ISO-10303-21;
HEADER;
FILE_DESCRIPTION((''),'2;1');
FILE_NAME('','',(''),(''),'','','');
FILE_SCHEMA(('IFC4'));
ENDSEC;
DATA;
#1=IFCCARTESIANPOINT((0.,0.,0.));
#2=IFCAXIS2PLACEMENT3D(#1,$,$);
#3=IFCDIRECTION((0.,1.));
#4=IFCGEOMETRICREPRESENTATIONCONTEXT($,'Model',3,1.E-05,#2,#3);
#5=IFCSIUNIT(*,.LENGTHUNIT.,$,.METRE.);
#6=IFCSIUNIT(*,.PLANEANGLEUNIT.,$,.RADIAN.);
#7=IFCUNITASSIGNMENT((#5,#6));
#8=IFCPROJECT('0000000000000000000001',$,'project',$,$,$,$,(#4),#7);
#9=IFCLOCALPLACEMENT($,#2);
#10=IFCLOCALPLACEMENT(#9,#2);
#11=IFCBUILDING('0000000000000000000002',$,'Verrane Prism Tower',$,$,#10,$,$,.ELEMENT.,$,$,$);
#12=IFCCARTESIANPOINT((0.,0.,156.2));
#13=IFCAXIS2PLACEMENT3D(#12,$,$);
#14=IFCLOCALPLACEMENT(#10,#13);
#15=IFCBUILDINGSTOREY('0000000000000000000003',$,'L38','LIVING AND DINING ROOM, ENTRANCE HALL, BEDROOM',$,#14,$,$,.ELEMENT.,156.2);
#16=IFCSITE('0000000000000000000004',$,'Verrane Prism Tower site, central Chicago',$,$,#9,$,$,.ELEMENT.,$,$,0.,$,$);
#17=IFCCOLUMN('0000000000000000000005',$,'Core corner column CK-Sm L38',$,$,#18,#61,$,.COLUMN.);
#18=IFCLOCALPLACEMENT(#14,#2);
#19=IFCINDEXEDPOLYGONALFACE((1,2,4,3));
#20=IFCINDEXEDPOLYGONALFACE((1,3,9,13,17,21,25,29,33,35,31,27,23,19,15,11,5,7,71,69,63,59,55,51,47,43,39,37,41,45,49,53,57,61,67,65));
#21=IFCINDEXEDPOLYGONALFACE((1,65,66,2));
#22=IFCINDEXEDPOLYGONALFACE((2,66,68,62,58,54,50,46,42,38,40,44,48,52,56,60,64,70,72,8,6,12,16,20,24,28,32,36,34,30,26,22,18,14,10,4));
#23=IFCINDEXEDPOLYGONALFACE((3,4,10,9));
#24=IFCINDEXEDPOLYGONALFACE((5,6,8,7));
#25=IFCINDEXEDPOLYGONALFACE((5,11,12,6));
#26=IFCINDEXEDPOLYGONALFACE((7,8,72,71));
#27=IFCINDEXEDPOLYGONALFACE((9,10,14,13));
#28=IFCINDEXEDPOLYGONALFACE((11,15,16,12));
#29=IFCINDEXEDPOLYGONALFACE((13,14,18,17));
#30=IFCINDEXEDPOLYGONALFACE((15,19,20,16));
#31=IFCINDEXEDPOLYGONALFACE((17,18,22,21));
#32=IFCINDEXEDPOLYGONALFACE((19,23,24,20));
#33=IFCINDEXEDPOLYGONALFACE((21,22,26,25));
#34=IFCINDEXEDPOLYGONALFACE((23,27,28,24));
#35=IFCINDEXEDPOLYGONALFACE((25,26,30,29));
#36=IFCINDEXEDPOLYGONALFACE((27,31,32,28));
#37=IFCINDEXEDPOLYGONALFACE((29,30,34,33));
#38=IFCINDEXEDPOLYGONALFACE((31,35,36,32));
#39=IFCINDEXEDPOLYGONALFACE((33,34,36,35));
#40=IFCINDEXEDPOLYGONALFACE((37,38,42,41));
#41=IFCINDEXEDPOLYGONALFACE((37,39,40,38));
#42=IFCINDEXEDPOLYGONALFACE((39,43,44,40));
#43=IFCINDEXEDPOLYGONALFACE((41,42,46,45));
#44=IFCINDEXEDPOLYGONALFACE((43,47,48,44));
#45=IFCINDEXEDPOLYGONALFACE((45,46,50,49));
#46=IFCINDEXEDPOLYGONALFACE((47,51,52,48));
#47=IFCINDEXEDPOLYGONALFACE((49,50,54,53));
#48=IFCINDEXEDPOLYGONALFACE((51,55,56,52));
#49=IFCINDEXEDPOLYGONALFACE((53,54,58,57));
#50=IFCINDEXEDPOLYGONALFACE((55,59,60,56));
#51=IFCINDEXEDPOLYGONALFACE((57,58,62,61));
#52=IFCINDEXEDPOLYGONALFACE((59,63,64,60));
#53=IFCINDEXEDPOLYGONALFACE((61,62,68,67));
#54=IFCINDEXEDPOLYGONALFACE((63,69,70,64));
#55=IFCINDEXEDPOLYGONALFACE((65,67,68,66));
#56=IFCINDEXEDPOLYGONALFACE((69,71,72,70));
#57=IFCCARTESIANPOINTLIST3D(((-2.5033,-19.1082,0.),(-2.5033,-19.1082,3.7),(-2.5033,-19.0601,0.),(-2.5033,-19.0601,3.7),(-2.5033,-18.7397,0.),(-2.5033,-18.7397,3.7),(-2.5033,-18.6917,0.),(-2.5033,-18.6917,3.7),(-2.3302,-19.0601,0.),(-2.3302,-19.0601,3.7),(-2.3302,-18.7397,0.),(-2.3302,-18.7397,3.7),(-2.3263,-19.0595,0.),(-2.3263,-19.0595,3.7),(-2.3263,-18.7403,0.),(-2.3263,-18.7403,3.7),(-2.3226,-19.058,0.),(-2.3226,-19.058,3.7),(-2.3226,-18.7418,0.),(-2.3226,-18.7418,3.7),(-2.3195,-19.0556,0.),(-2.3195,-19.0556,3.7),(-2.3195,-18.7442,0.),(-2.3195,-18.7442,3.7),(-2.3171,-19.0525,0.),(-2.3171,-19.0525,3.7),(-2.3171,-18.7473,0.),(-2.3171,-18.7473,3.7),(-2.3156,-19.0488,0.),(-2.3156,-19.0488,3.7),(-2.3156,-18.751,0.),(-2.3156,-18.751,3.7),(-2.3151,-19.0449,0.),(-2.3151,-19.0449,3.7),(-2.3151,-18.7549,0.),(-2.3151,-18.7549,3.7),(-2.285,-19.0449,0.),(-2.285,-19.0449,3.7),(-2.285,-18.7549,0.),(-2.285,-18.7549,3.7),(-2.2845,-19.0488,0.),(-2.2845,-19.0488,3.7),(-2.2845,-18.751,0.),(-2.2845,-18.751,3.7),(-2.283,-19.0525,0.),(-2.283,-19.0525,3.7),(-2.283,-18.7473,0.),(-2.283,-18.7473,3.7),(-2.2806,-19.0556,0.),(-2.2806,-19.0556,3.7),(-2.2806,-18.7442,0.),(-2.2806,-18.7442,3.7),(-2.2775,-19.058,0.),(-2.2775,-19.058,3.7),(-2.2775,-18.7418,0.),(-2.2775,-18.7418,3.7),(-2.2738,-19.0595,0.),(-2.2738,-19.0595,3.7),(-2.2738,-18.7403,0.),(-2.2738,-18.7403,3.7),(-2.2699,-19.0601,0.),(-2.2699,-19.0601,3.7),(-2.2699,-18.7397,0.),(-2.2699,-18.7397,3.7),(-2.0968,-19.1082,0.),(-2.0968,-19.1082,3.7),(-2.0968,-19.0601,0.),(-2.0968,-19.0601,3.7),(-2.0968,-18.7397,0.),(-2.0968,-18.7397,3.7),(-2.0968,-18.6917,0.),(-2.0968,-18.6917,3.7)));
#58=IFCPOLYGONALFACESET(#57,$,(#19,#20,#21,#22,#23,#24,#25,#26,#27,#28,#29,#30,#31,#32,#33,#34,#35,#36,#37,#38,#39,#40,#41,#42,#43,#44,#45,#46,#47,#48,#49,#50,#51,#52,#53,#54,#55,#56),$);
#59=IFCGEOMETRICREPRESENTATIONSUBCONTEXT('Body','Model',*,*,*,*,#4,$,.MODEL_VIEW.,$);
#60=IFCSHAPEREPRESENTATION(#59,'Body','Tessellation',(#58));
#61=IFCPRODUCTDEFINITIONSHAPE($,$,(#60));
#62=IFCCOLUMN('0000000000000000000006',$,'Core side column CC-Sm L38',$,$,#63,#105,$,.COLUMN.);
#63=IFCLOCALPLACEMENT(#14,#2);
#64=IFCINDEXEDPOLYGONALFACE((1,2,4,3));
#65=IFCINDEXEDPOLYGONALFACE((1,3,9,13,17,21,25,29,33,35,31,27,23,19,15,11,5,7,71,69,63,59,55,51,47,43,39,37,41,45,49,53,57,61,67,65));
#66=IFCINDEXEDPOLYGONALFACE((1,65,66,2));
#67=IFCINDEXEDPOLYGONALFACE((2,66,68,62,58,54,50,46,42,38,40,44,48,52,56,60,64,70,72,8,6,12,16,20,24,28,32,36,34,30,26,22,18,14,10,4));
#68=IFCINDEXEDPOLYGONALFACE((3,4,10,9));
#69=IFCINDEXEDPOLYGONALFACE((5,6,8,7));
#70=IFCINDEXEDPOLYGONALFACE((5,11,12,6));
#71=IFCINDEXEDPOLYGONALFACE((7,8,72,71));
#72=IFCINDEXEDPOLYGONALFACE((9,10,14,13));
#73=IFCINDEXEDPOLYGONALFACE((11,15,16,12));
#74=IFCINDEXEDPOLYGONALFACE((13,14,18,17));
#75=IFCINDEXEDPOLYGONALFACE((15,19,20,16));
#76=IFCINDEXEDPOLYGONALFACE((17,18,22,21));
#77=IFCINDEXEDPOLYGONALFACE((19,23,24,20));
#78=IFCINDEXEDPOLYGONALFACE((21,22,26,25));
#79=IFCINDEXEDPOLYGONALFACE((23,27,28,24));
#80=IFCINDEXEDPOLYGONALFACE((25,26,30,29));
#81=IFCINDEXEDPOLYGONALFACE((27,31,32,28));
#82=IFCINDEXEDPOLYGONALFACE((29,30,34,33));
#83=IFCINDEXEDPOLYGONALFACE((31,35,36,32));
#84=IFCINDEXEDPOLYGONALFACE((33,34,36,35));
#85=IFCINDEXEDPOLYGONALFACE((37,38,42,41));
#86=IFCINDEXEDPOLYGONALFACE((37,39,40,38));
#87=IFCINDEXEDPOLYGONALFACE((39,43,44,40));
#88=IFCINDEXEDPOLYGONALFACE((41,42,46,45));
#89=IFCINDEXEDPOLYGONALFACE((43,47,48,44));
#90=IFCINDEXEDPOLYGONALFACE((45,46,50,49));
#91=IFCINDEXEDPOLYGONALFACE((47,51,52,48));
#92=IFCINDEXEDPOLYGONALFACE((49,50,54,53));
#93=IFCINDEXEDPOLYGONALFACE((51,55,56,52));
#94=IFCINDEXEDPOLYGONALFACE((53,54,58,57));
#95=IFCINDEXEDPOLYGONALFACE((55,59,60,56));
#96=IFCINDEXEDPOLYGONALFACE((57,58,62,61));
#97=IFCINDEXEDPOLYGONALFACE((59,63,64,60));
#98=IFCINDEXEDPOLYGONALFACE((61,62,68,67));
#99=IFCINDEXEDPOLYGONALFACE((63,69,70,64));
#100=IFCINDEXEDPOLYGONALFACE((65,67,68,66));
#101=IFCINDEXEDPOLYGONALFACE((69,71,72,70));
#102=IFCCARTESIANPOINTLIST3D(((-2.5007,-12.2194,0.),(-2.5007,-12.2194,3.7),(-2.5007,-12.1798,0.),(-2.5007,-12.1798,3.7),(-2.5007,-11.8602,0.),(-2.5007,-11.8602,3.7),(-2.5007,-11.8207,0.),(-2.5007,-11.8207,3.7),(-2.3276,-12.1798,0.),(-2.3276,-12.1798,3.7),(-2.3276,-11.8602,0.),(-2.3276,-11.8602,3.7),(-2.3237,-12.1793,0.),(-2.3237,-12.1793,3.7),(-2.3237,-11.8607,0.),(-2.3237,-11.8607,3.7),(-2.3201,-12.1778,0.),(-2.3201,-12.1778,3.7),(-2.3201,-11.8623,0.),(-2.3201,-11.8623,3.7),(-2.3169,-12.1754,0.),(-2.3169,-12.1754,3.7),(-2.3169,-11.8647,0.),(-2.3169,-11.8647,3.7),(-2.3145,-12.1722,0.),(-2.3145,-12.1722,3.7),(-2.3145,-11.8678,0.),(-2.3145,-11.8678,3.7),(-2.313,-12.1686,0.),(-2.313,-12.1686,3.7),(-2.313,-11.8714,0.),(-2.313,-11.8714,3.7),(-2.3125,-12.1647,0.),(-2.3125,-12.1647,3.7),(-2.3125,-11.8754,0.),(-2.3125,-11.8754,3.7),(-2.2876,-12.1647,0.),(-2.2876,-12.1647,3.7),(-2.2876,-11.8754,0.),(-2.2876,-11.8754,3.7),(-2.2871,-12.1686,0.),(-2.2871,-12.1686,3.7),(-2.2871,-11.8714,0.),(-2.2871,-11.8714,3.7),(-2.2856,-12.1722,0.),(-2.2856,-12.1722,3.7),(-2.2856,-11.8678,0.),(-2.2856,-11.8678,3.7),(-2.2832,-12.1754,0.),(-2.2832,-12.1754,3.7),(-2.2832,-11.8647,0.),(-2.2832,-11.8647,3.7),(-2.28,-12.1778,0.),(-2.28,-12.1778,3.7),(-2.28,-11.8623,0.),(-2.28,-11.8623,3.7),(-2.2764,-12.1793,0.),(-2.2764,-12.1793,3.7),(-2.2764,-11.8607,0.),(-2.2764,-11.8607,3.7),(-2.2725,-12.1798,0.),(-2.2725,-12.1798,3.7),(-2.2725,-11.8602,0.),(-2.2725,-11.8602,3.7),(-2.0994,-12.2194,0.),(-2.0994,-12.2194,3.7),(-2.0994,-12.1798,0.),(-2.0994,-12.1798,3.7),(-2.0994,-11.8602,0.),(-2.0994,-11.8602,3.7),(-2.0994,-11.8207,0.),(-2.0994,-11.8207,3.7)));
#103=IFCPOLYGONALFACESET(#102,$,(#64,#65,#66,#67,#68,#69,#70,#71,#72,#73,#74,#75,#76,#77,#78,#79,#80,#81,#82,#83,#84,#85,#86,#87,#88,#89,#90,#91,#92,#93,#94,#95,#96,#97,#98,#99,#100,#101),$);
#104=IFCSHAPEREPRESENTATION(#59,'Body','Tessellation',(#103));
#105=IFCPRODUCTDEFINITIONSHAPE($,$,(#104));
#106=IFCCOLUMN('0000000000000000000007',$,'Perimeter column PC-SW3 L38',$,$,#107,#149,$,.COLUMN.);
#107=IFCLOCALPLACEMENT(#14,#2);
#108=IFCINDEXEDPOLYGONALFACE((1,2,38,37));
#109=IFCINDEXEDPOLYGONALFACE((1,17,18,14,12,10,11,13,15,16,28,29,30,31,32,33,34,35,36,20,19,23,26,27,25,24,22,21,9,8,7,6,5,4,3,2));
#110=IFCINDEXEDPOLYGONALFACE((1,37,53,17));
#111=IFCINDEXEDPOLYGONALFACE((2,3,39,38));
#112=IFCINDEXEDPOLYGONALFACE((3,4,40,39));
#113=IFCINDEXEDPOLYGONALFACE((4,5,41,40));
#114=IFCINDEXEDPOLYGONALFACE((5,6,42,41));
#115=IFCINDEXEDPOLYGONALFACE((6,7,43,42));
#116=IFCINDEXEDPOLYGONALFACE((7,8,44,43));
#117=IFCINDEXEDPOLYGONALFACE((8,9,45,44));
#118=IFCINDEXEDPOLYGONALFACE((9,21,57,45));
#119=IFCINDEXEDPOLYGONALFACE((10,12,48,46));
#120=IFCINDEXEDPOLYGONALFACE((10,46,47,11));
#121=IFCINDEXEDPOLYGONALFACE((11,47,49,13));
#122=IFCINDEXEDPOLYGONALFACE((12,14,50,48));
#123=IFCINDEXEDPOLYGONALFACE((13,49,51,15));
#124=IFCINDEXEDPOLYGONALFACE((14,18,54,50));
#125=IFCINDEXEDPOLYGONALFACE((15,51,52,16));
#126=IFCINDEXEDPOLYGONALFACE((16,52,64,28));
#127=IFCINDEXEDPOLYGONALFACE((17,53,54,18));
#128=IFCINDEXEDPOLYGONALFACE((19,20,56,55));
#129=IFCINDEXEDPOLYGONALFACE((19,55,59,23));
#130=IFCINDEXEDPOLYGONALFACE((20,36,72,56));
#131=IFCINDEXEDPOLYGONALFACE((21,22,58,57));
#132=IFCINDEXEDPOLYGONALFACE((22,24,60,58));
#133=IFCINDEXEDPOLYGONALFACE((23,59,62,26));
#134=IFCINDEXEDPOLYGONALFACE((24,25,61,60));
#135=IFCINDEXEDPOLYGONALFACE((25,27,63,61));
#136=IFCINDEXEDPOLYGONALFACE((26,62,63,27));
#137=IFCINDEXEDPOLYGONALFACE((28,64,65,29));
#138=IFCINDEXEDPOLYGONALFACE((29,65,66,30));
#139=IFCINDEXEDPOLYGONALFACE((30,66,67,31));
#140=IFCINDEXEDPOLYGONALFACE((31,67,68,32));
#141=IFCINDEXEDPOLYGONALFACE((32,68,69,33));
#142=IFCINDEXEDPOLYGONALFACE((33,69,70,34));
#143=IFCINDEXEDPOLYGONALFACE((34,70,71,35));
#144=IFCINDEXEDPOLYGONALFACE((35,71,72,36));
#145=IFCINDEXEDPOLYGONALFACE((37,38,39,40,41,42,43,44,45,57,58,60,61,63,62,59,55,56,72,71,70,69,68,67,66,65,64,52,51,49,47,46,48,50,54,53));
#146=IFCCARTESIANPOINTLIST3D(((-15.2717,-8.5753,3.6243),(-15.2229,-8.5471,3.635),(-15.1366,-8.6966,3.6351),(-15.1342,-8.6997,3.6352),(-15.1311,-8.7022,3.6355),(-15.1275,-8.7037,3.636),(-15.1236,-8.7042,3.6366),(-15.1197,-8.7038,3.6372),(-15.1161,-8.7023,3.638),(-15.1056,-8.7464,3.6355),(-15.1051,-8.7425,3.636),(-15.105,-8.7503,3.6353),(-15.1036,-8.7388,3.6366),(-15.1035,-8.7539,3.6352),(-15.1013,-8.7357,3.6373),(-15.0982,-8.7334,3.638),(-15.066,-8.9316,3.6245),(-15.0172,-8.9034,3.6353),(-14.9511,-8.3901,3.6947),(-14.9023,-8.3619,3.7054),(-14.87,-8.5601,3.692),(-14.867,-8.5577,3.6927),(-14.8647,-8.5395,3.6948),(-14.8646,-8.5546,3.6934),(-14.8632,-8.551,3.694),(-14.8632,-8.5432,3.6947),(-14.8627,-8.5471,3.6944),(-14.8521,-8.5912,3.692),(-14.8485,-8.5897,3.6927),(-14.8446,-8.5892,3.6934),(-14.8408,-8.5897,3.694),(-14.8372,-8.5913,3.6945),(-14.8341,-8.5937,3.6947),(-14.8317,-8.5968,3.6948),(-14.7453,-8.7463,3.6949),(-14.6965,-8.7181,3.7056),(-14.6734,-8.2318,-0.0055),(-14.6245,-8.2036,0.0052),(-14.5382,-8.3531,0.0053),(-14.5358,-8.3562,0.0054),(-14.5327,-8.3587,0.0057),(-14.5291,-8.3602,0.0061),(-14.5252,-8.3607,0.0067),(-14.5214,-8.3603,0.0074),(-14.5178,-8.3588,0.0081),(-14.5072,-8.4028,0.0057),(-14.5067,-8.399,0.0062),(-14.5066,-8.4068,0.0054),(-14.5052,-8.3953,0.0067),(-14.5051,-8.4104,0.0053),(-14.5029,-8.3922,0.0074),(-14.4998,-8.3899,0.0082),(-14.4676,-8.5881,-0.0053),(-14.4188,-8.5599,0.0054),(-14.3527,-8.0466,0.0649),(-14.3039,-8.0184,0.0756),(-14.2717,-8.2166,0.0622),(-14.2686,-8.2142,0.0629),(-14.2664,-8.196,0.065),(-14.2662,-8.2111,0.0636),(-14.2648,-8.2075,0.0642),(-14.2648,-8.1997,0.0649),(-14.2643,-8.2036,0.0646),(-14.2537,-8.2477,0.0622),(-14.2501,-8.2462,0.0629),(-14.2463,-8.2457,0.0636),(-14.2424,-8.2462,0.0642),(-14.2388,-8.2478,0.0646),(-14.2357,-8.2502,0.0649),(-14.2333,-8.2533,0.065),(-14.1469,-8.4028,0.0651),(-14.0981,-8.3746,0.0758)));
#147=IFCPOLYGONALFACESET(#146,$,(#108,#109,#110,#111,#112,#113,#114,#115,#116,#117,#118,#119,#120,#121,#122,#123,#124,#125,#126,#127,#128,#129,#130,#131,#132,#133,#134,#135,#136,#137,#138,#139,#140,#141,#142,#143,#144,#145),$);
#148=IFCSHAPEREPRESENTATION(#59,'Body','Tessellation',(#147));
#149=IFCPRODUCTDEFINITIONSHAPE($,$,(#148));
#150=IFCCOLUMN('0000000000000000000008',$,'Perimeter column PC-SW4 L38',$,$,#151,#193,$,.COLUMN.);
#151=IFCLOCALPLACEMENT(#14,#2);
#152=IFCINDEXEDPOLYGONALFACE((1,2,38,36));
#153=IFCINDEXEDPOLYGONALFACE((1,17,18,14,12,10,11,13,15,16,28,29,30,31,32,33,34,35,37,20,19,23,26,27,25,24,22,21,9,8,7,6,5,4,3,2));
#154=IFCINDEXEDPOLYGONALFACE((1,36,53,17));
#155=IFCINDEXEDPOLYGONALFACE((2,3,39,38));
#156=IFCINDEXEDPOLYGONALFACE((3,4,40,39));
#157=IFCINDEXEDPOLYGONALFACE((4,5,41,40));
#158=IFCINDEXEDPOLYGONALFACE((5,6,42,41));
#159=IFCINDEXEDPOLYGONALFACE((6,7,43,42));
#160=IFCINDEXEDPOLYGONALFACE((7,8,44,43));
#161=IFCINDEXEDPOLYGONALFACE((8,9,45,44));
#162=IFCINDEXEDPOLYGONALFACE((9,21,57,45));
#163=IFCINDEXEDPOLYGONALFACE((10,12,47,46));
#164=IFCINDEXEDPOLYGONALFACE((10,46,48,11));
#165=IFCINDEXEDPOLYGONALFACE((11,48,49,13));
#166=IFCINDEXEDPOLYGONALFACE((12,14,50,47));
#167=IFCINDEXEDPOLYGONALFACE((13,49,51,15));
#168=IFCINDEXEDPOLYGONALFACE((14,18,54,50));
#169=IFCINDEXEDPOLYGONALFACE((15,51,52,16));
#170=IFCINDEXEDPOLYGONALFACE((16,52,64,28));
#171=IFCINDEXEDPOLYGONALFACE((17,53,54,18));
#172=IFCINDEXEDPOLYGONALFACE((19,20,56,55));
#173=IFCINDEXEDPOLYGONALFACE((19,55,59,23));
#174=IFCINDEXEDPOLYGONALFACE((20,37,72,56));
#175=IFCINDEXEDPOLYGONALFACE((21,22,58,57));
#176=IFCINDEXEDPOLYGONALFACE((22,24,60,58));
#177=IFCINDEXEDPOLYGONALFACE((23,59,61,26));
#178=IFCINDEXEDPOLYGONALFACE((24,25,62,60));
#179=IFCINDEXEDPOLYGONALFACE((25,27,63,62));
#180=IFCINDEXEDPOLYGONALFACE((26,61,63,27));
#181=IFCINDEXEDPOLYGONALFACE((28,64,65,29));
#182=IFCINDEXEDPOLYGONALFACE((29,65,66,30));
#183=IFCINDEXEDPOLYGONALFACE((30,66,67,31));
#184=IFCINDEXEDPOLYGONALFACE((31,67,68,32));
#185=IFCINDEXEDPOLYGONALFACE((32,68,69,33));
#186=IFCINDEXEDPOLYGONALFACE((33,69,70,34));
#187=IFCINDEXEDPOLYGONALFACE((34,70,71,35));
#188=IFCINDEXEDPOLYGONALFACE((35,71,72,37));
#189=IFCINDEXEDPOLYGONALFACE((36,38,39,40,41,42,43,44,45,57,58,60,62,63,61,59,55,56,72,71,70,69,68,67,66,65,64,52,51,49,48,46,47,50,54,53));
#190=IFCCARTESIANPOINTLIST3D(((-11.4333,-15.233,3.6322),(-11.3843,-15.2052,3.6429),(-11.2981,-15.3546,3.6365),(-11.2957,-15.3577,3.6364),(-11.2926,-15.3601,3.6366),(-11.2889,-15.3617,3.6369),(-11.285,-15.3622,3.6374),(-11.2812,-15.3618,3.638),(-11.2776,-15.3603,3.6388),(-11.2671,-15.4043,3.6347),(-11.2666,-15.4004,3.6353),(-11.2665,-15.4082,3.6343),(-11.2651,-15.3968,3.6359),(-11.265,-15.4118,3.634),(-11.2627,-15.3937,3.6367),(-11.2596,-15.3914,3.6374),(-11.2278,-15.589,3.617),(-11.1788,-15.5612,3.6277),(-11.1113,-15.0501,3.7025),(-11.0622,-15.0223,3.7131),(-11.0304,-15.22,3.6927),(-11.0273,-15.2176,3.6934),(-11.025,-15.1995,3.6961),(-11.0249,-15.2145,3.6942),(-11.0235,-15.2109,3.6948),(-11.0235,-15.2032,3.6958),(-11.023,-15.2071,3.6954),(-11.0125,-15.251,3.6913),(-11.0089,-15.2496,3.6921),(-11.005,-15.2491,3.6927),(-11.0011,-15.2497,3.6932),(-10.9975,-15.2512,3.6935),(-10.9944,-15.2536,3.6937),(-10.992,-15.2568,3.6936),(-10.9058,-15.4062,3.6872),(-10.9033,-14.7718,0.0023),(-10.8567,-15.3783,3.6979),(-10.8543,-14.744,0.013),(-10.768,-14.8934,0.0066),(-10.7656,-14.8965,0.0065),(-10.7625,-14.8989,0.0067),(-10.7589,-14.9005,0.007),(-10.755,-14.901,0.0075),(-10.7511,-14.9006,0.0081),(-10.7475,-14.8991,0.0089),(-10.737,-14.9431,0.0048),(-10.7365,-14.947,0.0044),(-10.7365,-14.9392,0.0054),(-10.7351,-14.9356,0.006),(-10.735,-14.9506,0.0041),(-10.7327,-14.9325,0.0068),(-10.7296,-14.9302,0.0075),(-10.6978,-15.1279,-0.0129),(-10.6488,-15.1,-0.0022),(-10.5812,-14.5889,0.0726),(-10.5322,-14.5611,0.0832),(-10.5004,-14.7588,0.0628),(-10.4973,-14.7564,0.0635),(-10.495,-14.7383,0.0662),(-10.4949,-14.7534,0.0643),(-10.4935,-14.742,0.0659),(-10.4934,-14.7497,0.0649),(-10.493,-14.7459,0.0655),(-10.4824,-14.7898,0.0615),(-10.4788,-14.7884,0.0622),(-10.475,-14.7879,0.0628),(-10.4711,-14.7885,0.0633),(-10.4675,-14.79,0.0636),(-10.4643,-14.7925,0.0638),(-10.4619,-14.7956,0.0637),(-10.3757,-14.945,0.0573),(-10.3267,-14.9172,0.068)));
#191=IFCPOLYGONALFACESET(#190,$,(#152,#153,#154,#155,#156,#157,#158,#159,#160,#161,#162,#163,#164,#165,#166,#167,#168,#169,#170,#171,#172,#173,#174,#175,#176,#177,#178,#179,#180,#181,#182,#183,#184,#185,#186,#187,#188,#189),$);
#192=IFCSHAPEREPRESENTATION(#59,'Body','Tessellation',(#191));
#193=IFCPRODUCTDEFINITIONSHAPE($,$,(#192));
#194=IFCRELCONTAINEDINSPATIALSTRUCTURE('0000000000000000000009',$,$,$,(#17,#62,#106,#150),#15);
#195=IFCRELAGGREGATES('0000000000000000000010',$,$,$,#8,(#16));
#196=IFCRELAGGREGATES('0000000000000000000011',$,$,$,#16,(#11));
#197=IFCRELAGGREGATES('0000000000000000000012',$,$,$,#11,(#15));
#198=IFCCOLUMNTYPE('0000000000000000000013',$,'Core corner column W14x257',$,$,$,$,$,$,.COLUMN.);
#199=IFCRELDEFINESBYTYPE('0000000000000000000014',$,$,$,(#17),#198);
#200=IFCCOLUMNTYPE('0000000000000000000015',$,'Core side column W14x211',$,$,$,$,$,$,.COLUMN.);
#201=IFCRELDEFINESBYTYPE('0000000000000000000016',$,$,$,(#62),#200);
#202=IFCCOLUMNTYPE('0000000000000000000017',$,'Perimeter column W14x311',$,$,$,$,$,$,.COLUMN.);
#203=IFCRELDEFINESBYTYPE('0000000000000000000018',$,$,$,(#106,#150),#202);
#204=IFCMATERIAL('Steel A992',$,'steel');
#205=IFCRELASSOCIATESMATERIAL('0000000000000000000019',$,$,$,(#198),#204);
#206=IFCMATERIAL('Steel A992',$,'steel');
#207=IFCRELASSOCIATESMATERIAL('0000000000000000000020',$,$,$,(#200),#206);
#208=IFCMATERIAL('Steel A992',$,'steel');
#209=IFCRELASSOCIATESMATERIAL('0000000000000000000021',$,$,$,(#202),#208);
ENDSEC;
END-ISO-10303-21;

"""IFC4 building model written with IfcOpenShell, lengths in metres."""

from ifc_helpers import new_model, si_unit, direction, frame, origin, origin_2d, place, context, subcontext, project, spatial, i_section, extrude, material, material_profile, profile_set, type_object, element, save


model = new_model("IFC4")

# Units and contexts
model_context = context("Model", 3, precision=1e-05, world=origin(), true_north=direction((0.0, 1.0)))
body_context = subcontext(model_context, "Body", "Model", "MODEL_VIEW")
ifc_project = project(units=[si_unit("LENGTHUNIT", "METRE"), si_unit("PLANEANGLEUNIT", "RADIAN")], contexts=[model_context])

# Site, building, storey
site_placement = place(None, origin())
site = spatial("IfcSite", under=ifc_project, at=site_placement, Name="Verrane Prism Tower site, central Chicago", CompositionType="ELEMENT", RefElevation=0.0)
building_placement = place(site_placement, origin())
building = spatial("IfcBuilding", under=site, at=building_placement, Name="Verrane Prism Tower", CompositionType="ELEMENT")
storey_placement = place(building_placement, frame((0.0, 0.0, 156.2)))
storey = spatial("IfcBuildingStorey", under=building, at=storey_placement, Name="L38", Description="LIVING AND DINING ROOM, ENTRANCE HALL, BEDROOM", CompositionType="ELEMENT", Elevation=156.2)

# Columns
ifc_material_1 = material(Name="Steel A992", Category="steel")
ifc_material_profile_1 = material_profile(ifc_material_1, i_section(OverallWidth=0.4065, OverallDepth=0.4165, WebThickness=0.03, FlangeThickness=0.0481, FilletRadius=0.0151, at=origin_2d()), Name="W14x257")
ifc_profile_set_1 = profile_set([ifc_material_profile_1], Name="Steel A992")
column_type_1 = type_object("IfcColumnType", Name="Core corner column W14x257", PredefinedType="COLUMN", material=ifc_profile_set_1)
column_1_placement = place(storey_placement, frame((-2.3, -18.8999, 0.0), z_axis=(0.0, 0.0, 1.0), x_axis=(-1.0, 0.0, 0.0)))
element("IfcColumn", 1, at=column_1_placement, inside=storey, type_object=column_type_1, Name="Core corner column CK-Sm L38", PredefinedType="COLUMN", context=body_context, shape_type="SweptSolid", body=[
    extrude(i_section(OverallWidth=0.4065, OverallDepth=0.4165, WebThickness=0.03, FlangeThickness=0.0481, FilletRadius=0.0151, at=origin_2d()), origin(), (0.0, 0.0, 1.0), 3.7),
])
ifc_material_2 = material(Name="Steel A992", Category="steel")
ifc_material_profile_2 = material_profile(ifc_material_2, i_section(OverallWidth=0.4014, OverallDepth=0.3987, WebThickness=0.0249, FlangeThickness=0.0396, FilletRadius=0.0151, at=origin_2d()), Name="W14x211")
ifc_profile_set_2 = profile_set([ifc_material_profile_2], Name="Steel A992")
column_type_2 = type_object("IfcColumnType", Name="Core side column W14x211", PredefinedType="COLUMN", material=ifc_profile_set_2)
column_2_placement = place(storey_placement, frame((-2.3, -12.02, 0.0), z_axis=(0.0, 0.0, 1.0), x_axis=(1.0, 0.0, 0.0)))
element("IfcColumn", 2, at=column_2_placement, inside=storey, type_object=column_type_2, Name="Core side column CC-Sm L38", PredefinedType="COLUMN", context=body_context, shape_type="SweptSolid", body=[
    extrude(i_section(OverallWidth=0.4014, OverallDepth=0.3987, WebThickness=0.0249, FlangeThickness=0.0396, FilletRadius=0.0151, at=origin_2d()), origin(), (0.0, 0.0, 1.0), 3.7),
])
ifc_material_3 = material(Name="Steel A992", Category="steel")
ifc_material_profile_3 = material_profile(ifc_material_3, i_section(OverallWidth=0.4114, OverallDepth=0.4343, WebThickness=0.0359, FlangeThickness=0.0574, FilletRadius=0.0151, at=origin_2d()), Name="W14x311")
ifc_profile_set_3 = profile_set([ifc_material_profile_3], Name="Steel A992")
column_type_3 = type_object("IfcColumnType", Name="Perimeter column W14x311", PredefinedType="COLUMN", material=ifc_profile_set_3)
column_3_placement = place(storey_placement, frame((-14.3857, -8.3032, 0.0352), z_axis=(-0.161951, -0.092968, 0.98241), x_axis=(-0.500183, 0.86592, -0.000511)))
element("IfcColumn", 3, at=column_3_placement, inside=storey, type_object=column_type_3, Name="Perimeter column PC-SW3 L38", PredefinedType="COLUMN", context=body_context, shape_type="SweptSolid", body=[
    extrude(i_section(OverallWidth=0.4114, OverallDepth=0.4343, WebThickness=0.0359, FlangeThickness=0.0574, FilletRadius=0.0151, at=origin_2d()), origin(), (0.0, 0.0, 1.0), 3.6948),
])
column_4_placement = place(storey_placement, frame((-10.615, -14.8445, 0.0352), z_axis=(-0.143358, -0.124736, 0.981779), x_axis=(-0.49953, 0.865505, 0.037023)))
element("IfcColumn", 4, at=column_4_placement, inside=storey, type_object=column_type_3, Name="Perimeter column PC-SW4 L38", PredefinedType="COLUMN", context=body_context, shape_type="SweptSolid", body=[
    extrude(i_section(OverallWidth=0.4114, OverallDepth=0.4343, WebThickness=0.0359, FlangeThickness=0.0574, FilletRadius=0.0151, at=origin_2d()), origin(), (0.0, 0.0, 1.0), 3.6973),
])

save(model, "model.ifc")
